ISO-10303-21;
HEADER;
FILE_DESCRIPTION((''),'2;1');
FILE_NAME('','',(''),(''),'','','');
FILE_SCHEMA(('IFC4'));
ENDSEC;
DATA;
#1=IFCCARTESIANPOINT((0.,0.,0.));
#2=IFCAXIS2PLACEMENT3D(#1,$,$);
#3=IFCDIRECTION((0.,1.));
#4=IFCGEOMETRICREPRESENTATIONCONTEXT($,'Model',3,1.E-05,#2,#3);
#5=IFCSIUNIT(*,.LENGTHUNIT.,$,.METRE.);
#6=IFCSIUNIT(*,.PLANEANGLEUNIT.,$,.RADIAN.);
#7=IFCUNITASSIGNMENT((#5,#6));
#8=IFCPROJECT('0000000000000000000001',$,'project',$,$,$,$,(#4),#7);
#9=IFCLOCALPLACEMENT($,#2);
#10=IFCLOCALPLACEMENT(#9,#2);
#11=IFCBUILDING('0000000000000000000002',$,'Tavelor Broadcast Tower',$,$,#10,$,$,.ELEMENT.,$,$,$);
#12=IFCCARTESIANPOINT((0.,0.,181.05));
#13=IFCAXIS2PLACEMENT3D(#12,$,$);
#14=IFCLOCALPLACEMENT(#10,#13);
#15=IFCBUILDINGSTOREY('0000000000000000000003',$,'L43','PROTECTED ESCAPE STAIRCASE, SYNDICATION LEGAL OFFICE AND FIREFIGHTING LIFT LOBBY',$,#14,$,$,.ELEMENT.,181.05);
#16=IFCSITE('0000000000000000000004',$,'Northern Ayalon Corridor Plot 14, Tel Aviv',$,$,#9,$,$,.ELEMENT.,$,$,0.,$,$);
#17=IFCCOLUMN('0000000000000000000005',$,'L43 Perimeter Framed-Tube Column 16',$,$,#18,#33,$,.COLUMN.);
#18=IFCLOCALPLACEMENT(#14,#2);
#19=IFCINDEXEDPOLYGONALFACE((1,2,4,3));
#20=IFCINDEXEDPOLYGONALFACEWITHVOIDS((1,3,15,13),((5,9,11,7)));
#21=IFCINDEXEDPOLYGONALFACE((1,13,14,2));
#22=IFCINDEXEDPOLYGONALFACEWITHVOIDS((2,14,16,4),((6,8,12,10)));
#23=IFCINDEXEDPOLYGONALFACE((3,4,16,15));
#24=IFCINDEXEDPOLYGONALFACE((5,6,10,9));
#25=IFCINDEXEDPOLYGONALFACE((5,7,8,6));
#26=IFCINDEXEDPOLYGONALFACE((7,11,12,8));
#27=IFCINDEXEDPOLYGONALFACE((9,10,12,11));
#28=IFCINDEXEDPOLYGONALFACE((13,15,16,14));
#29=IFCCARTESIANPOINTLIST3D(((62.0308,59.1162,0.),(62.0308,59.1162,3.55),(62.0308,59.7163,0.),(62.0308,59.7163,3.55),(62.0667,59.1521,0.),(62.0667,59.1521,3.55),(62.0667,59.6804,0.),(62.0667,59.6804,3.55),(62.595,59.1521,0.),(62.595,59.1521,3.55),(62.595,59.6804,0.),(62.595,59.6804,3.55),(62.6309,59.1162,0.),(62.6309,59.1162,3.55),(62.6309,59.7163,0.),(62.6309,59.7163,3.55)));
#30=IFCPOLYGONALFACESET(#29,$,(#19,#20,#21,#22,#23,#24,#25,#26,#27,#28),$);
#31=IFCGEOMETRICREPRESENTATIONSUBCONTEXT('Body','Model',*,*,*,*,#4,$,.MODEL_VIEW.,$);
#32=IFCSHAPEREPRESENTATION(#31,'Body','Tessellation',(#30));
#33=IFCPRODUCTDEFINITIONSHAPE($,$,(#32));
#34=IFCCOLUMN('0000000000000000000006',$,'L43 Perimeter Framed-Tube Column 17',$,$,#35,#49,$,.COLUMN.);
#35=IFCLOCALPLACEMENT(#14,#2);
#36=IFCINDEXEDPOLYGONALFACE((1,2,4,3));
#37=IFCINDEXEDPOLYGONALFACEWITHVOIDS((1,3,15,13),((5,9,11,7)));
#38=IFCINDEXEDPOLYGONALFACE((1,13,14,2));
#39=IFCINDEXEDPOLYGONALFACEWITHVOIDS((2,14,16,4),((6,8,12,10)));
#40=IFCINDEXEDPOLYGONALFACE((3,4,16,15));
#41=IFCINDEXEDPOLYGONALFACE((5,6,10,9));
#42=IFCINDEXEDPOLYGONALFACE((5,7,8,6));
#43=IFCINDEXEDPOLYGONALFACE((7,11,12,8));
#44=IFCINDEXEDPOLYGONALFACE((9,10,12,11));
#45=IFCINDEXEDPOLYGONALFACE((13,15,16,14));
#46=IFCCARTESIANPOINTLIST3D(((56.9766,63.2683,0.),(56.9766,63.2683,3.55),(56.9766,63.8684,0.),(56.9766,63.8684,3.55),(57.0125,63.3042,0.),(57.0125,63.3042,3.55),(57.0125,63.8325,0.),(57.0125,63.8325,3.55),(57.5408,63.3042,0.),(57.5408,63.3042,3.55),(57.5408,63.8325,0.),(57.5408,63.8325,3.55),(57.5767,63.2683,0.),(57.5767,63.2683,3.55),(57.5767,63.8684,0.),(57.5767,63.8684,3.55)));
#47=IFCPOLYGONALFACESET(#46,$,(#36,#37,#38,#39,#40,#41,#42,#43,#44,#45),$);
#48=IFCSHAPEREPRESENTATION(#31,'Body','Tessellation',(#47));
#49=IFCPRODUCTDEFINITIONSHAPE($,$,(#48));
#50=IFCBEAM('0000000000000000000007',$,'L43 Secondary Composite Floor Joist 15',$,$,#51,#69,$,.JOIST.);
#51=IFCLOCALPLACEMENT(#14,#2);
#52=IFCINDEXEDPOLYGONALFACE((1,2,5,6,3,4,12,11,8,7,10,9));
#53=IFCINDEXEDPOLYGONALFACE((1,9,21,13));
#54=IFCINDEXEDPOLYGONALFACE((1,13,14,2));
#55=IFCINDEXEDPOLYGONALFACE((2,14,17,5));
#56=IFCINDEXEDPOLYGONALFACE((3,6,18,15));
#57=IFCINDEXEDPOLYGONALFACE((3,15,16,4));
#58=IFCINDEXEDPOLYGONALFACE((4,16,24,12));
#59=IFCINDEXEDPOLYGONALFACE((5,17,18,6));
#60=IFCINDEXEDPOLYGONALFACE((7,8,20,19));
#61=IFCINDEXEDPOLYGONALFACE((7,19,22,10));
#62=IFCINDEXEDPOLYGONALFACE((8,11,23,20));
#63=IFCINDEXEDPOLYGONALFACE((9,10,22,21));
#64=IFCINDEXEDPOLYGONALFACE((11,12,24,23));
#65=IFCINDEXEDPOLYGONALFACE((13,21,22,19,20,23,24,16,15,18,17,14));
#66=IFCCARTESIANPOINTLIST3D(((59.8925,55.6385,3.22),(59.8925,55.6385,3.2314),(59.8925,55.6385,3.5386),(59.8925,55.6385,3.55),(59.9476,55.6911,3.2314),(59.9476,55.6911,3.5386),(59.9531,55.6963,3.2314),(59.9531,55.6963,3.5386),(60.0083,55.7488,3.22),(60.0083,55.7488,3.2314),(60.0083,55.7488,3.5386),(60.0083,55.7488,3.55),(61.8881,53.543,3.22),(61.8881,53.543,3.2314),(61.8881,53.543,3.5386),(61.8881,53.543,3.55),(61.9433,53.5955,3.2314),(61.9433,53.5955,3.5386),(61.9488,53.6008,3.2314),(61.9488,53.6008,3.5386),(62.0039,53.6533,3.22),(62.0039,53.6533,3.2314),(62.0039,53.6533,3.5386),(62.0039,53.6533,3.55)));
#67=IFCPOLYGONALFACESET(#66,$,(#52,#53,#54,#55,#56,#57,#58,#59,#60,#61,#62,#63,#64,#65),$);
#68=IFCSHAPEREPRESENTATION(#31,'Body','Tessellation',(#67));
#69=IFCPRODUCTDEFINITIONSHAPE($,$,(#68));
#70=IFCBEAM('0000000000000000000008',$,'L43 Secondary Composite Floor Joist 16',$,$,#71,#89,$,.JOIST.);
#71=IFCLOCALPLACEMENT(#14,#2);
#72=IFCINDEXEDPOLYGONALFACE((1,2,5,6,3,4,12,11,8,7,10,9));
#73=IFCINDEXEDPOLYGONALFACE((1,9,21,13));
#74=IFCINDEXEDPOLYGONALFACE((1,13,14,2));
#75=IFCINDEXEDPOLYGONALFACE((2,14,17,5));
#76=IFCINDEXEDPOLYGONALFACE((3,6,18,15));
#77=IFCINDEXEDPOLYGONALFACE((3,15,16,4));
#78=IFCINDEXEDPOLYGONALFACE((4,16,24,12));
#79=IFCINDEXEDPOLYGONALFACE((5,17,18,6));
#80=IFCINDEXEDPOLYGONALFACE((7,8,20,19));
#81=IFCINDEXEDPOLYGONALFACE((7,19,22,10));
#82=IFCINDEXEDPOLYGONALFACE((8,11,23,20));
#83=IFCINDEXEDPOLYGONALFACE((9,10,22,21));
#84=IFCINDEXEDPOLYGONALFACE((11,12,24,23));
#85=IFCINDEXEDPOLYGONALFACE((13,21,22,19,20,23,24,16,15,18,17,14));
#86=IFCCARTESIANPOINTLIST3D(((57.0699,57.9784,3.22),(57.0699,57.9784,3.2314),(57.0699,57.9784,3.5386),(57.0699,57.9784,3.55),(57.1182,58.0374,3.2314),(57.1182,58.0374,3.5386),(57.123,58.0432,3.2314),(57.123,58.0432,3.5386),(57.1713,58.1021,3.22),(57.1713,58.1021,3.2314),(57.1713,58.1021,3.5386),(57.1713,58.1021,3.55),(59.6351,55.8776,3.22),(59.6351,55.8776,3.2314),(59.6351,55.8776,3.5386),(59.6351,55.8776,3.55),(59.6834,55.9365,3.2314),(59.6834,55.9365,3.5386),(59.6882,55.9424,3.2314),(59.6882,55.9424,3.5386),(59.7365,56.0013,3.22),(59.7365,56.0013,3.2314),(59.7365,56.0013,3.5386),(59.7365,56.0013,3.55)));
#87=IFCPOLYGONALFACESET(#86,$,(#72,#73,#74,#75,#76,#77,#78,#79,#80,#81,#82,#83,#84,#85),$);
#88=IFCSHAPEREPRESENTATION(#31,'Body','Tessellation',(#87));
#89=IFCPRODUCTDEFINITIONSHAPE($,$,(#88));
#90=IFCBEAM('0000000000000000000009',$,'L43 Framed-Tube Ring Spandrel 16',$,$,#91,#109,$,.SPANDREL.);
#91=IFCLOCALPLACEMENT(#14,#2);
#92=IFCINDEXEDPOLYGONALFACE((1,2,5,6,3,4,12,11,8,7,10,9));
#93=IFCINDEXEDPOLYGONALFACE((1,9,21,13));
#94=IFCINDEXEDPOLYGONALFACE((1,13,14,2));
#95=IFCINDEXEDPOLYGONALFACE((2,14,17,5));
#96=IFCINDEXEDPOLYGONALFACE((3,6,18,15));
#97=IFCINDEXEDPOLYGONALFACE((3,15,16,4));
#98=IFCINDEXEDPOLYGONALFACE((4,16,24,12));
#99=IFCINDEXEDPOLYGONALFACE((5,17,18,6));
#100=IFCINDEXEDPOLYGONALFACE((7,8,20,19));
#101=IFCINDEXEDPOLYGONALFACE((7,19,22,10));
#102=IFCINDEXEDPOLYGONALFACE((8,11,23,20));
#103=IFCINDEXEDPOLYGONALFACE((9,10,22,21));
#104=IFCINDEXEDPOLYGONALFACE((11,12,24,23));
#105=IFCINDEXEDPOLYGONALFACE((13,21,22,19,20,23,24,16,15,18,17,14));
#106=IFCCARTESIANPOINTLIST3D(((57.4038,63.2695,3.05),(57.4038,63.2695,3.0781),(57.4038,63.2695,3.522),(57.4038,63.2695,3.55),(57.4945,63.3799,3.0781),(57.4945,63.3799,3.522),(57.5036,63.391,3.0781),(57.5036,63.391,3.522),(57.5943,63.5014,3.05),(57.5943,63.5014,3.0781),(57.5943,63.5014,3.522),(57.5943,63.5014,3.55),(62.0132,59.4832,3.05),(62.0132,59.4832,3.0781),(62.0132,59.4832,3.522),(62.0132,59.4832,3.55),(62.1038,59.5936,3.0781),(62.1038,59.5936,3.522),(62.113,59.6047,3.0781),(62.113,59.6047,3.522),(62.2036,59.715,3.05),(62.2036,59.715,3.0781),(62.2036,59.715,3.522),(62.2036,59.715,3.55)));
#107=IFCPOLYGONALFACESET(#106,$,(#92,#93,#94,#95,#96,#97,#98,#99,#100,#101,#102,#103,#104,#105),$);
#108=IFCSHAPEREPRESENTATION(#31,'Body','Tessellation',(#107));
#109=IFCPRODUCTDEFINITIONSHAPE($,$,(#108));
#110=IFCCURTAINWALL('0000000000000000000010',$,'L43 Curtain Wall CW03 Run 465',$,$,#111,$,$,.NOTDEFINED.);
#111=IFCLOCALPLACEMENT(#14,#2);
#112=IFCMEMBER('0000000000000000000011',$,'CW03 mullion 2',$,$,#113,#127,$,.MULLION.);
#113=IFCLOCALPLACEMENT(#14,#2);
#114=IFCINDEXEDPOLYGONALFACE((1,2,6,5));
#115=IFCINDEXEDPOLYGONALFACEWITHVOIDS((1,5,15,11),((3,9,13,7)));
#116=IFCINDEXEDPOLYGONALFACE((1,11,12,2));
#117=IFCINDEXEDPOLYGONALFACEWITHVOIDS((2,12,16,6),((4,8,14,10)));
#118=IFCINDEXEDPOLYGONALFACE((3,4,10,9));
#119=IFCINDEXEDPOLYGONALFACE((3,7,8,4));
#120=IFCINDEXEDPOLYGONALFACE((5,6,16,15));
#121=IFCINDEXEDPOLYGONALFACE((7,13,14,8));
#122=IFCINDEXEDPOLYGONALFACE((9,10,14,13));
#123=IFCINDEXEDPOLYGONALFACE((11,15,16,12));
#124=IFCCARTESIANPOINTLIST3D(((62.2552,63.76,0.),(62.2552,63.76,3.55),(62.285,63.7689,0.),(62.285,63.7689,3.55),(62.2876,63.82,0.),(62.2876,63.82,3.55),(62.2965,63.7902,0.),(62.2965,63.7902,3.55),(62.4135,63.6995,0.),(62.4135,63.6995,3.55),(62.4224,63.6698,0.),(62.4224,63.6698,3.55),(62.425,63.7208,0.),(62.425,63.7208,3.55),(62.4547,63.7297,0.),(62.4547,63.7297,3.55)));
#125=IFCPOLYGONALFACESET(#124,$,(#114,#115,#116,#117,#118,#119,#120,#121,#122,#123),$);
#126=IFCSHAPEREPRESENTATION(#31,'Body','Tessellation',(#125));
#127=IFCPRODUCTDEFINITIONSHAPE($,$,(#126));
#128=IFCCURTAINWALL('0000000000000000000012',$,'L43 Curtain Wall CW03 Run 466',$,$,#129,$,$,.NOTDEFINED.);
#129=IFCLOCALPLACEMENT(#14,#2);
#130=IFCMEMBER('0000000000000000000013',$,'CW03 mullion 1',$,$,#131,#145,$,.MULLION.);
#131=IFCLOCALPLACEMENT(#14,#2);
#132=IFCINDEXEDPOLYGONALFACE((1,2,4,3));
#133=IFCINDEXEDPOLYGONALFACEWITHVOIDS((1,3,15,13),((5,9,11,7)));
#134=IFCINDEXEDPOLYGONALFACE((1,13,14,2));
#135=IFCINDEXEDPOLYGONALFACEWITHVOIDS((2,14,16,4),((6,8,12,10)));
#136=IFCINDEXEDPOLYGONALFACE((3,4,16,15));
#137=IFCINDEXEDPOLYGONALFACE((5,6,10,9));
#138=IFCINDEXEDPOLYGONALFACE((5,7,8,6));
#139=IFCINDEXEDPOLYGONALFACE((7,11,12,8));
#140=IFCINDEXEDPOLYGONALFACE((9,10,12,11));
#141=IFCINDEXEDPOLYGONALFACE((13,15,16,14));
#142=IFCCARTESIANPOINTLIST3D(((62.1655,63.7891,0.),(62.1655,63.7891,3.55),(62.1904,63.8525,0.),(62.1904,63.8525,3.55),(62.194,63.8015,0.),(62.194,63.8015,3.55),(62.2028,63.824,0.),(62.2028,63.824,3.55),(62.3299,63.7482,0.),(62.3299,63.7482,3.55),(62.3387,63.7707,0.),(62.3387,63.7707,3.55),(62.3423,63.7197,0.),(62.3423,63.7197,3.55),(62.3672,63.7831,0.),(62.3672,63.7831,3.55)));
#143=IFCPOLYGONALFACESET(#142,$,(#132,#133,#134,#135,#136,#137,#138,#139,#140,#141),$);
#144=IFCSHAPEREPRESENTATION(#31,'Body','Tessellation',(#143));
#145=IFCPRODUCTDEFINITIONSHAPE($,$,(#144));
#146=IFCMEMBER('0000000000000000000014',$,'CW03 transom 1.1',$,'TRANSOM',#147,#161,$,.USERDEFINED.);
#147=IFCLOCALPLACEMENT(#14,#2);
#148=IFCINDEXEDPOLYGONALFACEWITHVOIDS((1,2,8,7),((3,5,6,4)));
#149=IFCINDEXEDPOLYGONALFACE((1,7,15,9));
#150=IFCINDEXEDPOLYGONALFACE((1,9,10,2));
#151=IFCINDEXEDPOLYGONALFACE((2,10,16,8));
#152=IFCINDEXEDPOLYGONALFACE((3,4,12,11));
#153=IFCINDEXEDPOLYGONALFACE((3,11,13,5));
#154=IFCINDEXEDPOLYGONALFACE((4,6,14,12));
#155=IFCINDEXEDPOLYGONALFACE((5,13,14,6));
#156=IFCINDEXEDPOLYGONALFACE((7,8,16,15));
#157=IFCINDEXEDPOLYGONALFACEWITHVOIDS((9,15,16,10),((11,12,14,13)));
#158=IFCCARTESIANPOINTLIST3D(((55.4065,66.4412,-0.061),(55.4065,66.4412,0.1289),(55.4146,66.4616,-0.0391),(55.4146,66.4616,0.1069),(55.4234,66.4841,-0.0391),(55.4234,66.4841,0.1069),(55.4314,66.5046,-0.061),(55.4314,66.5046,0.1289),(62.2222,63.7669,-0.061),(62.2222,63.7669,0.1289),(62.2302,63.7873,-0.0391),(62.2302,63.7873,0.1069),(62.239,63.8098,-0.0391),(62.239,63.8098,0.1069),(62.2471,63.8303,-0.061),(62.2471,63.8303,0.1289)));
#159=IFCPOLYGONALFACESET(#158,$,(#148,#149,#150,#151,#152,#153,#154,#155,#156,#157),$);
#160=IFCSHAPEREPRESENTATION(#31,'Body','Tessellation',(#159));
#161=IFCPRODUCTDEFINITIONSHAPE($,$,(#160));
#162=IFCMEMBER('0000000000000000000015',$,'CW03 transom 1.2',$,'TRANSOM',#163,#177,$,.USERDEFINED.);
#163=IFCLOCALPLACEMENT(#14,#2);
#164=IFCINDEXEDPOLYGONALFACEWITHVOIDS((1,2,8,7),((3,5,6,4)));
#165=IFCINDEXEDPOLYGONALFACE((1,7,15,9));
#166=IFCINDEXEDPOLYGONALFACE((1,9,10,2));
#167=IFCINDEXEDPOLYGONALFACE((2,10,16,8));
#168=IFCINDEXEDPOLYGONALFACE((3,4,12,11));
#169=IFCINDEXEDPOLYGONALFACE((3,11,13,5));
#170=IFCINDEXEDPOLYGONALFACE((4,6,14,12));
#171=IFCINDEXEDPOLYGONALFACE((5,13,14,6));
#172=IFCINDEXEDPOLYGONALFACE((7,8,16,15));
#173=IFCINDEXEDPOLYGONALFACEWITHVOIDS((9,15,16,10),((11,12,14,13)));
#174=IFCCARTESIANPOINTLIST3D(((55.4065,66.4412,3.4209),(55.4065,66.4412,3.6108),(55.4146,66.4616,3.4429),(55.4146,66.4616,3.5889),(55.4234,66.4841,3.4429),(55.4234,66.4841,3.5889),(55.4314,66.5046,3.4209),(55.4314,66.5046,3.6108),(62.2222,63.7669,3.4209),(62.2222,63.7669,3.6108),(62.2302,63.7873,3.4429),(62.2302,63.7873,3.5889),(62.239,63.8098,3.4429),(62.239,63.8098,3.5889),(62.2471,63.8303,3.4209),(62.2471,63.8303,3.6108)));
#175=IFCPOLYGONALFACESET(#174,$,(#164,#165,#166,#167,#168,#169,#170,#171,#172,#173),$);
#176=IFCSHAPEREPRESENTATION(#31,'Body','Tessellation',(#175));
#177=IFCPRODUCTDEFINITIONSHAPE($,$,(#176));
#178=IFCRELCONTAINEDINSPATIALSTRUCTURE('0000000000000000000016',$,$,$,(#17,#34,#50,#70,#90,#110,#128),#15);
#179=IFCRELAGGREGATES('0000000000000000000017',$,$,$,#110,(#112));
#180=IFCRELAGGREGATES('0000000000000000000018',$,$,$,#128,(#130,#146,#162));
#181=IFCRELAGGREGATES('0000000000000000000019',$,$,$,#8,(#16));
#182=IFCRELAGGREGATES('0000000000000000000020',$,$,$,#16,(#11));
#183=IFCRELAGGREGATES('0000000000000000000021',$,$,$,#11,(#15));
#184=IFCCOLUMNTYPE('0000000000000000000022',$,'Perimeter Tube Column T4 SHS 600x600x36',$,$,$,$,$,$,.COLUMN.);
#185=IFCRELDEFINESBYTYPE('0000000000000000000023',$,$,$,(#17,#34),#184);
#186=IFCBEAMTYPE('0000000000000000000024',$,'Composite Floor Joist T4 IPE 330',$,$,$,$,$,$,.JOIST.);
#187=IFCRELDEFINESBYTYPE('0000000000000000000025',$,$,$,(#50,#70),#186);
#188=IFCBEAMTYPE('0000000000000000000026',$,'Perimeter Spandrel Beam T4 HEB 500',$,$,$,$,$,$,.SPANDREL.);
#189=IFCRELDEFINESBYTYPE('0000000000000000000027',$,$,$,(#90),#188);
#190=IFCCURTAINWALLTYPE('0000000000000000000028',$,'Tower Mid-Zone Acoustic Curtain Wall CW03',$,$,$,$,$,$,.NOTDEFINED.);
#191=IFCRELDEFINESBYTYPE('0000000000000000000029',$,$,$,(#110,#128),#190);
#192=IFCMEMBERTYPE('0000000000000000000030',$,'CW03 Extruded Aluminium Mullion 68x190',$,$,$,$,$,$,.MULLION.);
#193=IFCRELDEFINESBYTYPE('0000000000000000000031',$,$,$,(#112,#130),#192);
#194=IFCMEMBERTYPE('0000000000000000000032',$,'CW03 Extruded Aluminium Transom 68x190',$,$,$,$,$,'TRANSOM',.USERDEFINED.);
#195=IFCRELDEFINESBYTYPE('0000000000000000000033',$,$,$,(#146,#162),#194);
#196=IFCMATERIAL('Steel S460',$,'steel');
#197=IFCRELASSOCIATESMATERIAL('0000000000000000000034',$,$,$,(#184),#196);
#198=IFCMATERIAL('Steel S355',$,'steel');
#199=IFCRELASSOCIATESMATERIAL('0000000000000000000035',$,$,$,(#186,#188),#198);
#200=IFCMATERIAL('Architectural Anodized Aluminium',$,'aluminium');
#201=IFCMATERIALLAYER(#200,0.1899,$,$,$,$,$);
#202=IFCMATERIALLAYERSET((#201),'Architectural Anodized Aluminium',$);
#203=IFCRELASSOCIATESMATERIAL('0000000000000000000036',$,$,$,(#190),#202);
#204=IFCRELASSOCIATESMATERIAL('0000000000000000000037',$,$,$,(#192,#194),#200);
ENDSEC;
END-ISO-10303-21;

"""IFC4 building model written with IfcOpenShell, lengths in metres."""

from ifc_helpers import new_model, si_unit, direction, frame, origin, origin_2d, place, context, subcontext, project, spatial, hollow_rectangle, i_section, extrude, source, transform, mapped, material, layer, layer_set, material_profile, profile_set, type_object, type_shapes, element, aggregate, save


model = new_model("IFC4")

# Units and contexts
model_context = context("Model", 3, precision=1e-05, world=origin(), true_north=direction((0.0, 1.0)))
body_context = subcontext(model_context, "Body", "Model", "MODEL_VIEW")
ifc_project = project(units=[si_unit("LENGTHUNIT", "METRE"), si_unit("PLANEANGLEUNIT", "RADIAN")], contexts=[model_context])

# Site, building, storey
site_placement = place(None, origin())
site = spatial("IfcSite", under=ifc_project, at=site_placement, Name="Northern Ayalon Corridor Plot 14, Tel Aviv", CompositionType="ELEMENT", RefElevation=0.0)
building_placement = place(site_placement, origin())
building = spatial("IfcBuilding", under=site, at=building_placement, Name="Tavelor Broadcast Tower", CompositionType="ELEMENT")
storey_placement = place(building_placement, frame((0.0, 0.0, 181.05)))
storey = spatial("IfcBuildingStorey", under=building, at=storey_placement, Name="L43", Description="PROTECTED ESCAPE STAIRCASE, SYNDICATION LEGAL OFFICE AND FIREFIGHTING LIFT LOBBY", CompositionType="ELEMENT", Elevation=181.05)

# Columns
ifc_material_1 = material(Name="Steel S460", Category="steel")
ifc_material_profile_1 = material_profile(ifc_material_1, hollow_rectangle(XDim=0.6001, YDim=0.6001, WallThickness=0.0359, at=origin_2d()), Name="SHS 600x600x36")
ifc_profile_set_1 = profile_set([ifc_material_profile_1], Name="Steel S460")
column_type = type_object("IfcColumnType", Name="Perimeter Tube Column T4 SHS 600x600x36", PredefinedType="COLUMN", material=ifc_profile_set_1)
for number, where, z_axis, x_axis, name in (
    (1, (62.3308, 59.4163, 0.0), (0.0, 0.0, 1.0), (1.0, 0.0, 0.0), "L43 Perimeter Framed-Tube Column 16"),
    (2, (57.2766, 63.5684, 0.0), (0.0, 0.0, 1.0), (1.0, 0.0, 0.0), "L43 Perimeter Framed-Tube Column 17"),
):
    element("IfcColumn", number, at=place(storey_placement, frame(where, z_axis=z_axis, x_axis=x_axis)), inside=storey, type_object=column_type, Name=name, PredefinedType="COLUMN", context=body_context, shape_type="SweptSolid", body=[
        extrude(hollow_rectangle(XDim=0.6001, YDim=0.6001, WallThickness=0.0359, at=origin_2d()), origin(), (0.0, 0.0, 1.0), 3.55),
    ])

# Beams
ifc_material_2 = material(Name="Steel S355", Category="steel")
ifc_material_profile_2 = material_profile(ifc_material_2, i_section(OverallWidth=0.1599, OverallDepth=0.3301, WebThickness=0.0076, FlangeThickness=0.0115, at=origin_2d()), Name="IPE 330")
ifc_profile_set_2 = profile_set([ifc_material_profile_2], Name="Steel S355")
beam_type_1 = type_object("IfcBeamType", Name="Composite Floor Joist T4 IPE 330", PredefinedType="JOIST", material=ifc_profile_set_2)
beam_1_placement = place(storey_placement, frame((61.946, 53.5981, 3.385), z_axis=(-0.689643, 0.72415, 0.0), x_axis=(-0.72415, -0.689643, 0.0)))
element("IfcBeam", 3, at=beam_1_placement, inside=storey, type_object=beam_type_1, Name="L43 Secondary Composite Floor Joist 15", PredefinedType="JOIST", context=body_context, shape_type="SweptSolid", body=[
    extrude(i_section(OverallWidth=0.1599, OverallDepth=0.3301, WebThickness=0.0076, FlangeThickness=0.0115, at=origin_2d()), origin(), (0.0, 0.0, 1.0), 2.8938),
])
beam_2_placement = place(storey_placement, frame((59.6858, 55.9395, 3.385), z_axis=(-0.773655, 0.633607, 0.0), x_axis=(-0.633607, -0.773655, 0.0)))
element("IfcBeam", 4, at=beam_2_placement, inside=storey, type_object=beam_type_1, Name="L43 Secondary Composite Floor Joist 16", PredefinedType="JOIST", context=body_context, shape_type="SweptSolid", body=[
    extrude(i_section(OverallWidth=0.1599, OverallDepth=0.3301, WebThickness=0.0076, FlangeThickness=0.0115, at=origin_2d()), origin(), (0.0, 0.0, 1.0), 3.3157),
])
ifc_material_profile_3 = material_profile(ifc_material_2, i_section(OverallWidth=0.3, OverallDepth=0.5, WebThickness=0.0144, FlangeThickness=0.0281, at=origin_2d()), Name="HEB 500")
ifc_profile_set_3 = profile_set([ifc_material_profile_3], Name="Steel S355")
beam_type_2 = type_object("IfcBeamType", Name="Perimeter Spandrel Beam T4 HEB 500", PredefinedType="SPANDREL", material=ifc_profile_set_3)
beam_3_placement = place(storey_placement, frame((62.1084, 59.5991, 3.3), z_axis=(-0.772718, 0.63475, 0.0), x_axis=(-0.63475, -0.772718, 0.0)))
element("IfcBeam", 5, at=beam_3_placement, inside=storey, type_object=beam_type_2, Name="L43 Framed-Tube Ring Spandrel 16", PredefinedType="SPANDREL", context=body_context, shape_type="SweptSolid", body=[
    extrude(i_section(OverallWidth=0.3, OverallDepth=0.5, WebThickness=0.0144, FlangeThickness=0.0281, at=origin_2d()), origin(), (0.0, 0.0, 1.0), 5.9651),
])

# Curtain wall, member
ifc_material_3 = material(Name="Architectural Anodized Aluminium", Category="aluminium")
ifc_layer_1 = layer(ifc_material_3, 0.1899)
ifc_layer_set_1 = layer_set([ifc_layer_1], Name="Architectural Anodized Aluminium")
curtain_wall_type = type_object("IfcCurtainWallType", Name="Tower Mid-Zone Acoustic Curtain Wall CW03", PredefinedType="NOTDEFINED", material=ifc_layer_set_1)
curtain_wall_1_placement = place(storey_placement, origin())
curtain_wall_1 = element("IfcCurtainWall", 6, at=curtain_wall_1_placement, inside=storey, type_object=curtain_wall_type, Name="L43 Curtain Wall CW03 Run 465", PredefinedType="NOTDEFINED")
ifc_material_profile_4 = material_profile(ifc_material_3, hollow_rectangle(XDim=0.0681, YDim=0.1899, WallThickness=0.022, at=origin_2d()), Name="RHS 68x190x22")
ifc_profile_set_4 = profile_set([ifc_material_profile_4], Name="Architectural Anodized Aluminium")
member_type_1 = type_object("IfcMemberType", Name="CW03 Extruded Aluminium Mullion 68x190", PredefinedType="MULLION", material=ifc_profile_set_4)
shared_shape_1 = source(origin(), body_context, "Body", "SweptSolid", [
    extrude(hollow_rectangle(XDim=0.0681, YDim=0.1899, WallThickness=0.022, at=origin_2d()), origin(), (0.0, 0.0, 1.0), 3.55),
])
type_shapes(member_type_1, [shared_shape_1])
member_1_placement = place(storey_placement, frame((62.355, 63.7449, 0.0), z_axis=(0.0, 0.0, 1.0), x_axis=(-0.475238, -0.879857, 0.0)))
member_1 = element("IfcMember", 7, at=member_1_placement, type_object=member_type_1, Name="CW03 mullion 2", PredefinedType="MULLION", context=body_context, shape_type="MappedRepresentation", body=[
    mapped(shared_shape_1, transform((0.0, 0.0, 0.0), scale=1.0)),
])
aggregate(curtain_wall_1, [member_1])

# Curtain wall, members
curtain_wall_2_placement = place(storey_placement, origin())
curtain_wall_2 = element("IfcCurtainWall", 8, at=curtain_wall_2_placement, inside=storey, type_object=curtain_wall_type, Name="L43 Curtain Wall CW03 Run 466", PredefinedType="NOTDEFINED")
member_2_placement = place(storey_placement, frame((62.2664, 63.7861, 0.0), z_axis=(0.0, 0.0, 1.0), x_axis=(-0.365277, -0.930899, 0.0)))
member_2 = element("IfcMember", 9, at=member_2_placement, type_object=member_type_1, Name="CW03 mullion 1", PredefinedType="MULLION", context=body_context, shape_type="MappedRepresentation", body=[
    mapped(shared_shape_1, transform((0.0, 0.0, 0.0), scale=1.0)),
])
ifc_material_profile_5 = material_profile(ifc_material_3, hollow_rectangle(XDim=0.0681, YDim=0.1899, WallThickness=0.022, at=origin_2d()), Name="RHS 68x190x22")
ifc_profile_set_5 = profile_set([ifc_material_profile_5], Name="Architectural Anodized Aluminium")
member_type_2 = type_object("IfcMemberType", Name="CW03 Extruded Aluminium Transom 68x190", ElementType="TRANSOM", PredefinedType="USERDEFINED", material=ifc_profile_set_5)
shared_shape_2 = source(origin(), body_context, "Body", "SweptSolid", [
    extrude(hollow_rectangle(XDim=0.0681, YDim=0.1899, WallThickness=0.022, at=origin_2d()), origin(), (0.0, 0.0, 1.0), 7.3215),
])
type_shapes(member_type_2, [shared_shape_2])
member_3_placement = place(storey_placement, frame((62.2346, 63.7986, 0.0339), z_axis=(-0.930903, 0.365265, 0.0), x_axis=(-0.365265, -0.930903, 0.0)))
member_3 = element("IfcMember", 10, at=member_3_placement, type_object=member_type_2, Name="CW03 transom 1.1", ObjectType="TRANSOM", PredefinedType="USERDEFINED", context=body_context, shape_type="MappedRepresentation", body=[
    mapped(shared_shape_2, transform((0.0, 0.0, 0.0), scale=1.0)),
])
member_4_placement = place(storey_placement, frame((62.2346, 63.7986, 3.5159), z_axis=(-0.930903, 0.365265, 0.0), x_axis=(-0.365265, -0.930903, 0.0)))
member_4 = element("IfcMember", 11, at=member_4_placement, type_object=member_type_2, Name="CW03 transom 1.2", ObjectType="TRANSOM", PredefinedType="USERDEFINED", context=body_context, shape_type="MappedRepresentation", body=[
    mapped(shared_shape_2, transform((0.0, 0.0, 0.0), scale=1.0)),
])

aggregate(curtain_wall_2, [member_2, member_3, member_4])

save(model, "model.ifc")
